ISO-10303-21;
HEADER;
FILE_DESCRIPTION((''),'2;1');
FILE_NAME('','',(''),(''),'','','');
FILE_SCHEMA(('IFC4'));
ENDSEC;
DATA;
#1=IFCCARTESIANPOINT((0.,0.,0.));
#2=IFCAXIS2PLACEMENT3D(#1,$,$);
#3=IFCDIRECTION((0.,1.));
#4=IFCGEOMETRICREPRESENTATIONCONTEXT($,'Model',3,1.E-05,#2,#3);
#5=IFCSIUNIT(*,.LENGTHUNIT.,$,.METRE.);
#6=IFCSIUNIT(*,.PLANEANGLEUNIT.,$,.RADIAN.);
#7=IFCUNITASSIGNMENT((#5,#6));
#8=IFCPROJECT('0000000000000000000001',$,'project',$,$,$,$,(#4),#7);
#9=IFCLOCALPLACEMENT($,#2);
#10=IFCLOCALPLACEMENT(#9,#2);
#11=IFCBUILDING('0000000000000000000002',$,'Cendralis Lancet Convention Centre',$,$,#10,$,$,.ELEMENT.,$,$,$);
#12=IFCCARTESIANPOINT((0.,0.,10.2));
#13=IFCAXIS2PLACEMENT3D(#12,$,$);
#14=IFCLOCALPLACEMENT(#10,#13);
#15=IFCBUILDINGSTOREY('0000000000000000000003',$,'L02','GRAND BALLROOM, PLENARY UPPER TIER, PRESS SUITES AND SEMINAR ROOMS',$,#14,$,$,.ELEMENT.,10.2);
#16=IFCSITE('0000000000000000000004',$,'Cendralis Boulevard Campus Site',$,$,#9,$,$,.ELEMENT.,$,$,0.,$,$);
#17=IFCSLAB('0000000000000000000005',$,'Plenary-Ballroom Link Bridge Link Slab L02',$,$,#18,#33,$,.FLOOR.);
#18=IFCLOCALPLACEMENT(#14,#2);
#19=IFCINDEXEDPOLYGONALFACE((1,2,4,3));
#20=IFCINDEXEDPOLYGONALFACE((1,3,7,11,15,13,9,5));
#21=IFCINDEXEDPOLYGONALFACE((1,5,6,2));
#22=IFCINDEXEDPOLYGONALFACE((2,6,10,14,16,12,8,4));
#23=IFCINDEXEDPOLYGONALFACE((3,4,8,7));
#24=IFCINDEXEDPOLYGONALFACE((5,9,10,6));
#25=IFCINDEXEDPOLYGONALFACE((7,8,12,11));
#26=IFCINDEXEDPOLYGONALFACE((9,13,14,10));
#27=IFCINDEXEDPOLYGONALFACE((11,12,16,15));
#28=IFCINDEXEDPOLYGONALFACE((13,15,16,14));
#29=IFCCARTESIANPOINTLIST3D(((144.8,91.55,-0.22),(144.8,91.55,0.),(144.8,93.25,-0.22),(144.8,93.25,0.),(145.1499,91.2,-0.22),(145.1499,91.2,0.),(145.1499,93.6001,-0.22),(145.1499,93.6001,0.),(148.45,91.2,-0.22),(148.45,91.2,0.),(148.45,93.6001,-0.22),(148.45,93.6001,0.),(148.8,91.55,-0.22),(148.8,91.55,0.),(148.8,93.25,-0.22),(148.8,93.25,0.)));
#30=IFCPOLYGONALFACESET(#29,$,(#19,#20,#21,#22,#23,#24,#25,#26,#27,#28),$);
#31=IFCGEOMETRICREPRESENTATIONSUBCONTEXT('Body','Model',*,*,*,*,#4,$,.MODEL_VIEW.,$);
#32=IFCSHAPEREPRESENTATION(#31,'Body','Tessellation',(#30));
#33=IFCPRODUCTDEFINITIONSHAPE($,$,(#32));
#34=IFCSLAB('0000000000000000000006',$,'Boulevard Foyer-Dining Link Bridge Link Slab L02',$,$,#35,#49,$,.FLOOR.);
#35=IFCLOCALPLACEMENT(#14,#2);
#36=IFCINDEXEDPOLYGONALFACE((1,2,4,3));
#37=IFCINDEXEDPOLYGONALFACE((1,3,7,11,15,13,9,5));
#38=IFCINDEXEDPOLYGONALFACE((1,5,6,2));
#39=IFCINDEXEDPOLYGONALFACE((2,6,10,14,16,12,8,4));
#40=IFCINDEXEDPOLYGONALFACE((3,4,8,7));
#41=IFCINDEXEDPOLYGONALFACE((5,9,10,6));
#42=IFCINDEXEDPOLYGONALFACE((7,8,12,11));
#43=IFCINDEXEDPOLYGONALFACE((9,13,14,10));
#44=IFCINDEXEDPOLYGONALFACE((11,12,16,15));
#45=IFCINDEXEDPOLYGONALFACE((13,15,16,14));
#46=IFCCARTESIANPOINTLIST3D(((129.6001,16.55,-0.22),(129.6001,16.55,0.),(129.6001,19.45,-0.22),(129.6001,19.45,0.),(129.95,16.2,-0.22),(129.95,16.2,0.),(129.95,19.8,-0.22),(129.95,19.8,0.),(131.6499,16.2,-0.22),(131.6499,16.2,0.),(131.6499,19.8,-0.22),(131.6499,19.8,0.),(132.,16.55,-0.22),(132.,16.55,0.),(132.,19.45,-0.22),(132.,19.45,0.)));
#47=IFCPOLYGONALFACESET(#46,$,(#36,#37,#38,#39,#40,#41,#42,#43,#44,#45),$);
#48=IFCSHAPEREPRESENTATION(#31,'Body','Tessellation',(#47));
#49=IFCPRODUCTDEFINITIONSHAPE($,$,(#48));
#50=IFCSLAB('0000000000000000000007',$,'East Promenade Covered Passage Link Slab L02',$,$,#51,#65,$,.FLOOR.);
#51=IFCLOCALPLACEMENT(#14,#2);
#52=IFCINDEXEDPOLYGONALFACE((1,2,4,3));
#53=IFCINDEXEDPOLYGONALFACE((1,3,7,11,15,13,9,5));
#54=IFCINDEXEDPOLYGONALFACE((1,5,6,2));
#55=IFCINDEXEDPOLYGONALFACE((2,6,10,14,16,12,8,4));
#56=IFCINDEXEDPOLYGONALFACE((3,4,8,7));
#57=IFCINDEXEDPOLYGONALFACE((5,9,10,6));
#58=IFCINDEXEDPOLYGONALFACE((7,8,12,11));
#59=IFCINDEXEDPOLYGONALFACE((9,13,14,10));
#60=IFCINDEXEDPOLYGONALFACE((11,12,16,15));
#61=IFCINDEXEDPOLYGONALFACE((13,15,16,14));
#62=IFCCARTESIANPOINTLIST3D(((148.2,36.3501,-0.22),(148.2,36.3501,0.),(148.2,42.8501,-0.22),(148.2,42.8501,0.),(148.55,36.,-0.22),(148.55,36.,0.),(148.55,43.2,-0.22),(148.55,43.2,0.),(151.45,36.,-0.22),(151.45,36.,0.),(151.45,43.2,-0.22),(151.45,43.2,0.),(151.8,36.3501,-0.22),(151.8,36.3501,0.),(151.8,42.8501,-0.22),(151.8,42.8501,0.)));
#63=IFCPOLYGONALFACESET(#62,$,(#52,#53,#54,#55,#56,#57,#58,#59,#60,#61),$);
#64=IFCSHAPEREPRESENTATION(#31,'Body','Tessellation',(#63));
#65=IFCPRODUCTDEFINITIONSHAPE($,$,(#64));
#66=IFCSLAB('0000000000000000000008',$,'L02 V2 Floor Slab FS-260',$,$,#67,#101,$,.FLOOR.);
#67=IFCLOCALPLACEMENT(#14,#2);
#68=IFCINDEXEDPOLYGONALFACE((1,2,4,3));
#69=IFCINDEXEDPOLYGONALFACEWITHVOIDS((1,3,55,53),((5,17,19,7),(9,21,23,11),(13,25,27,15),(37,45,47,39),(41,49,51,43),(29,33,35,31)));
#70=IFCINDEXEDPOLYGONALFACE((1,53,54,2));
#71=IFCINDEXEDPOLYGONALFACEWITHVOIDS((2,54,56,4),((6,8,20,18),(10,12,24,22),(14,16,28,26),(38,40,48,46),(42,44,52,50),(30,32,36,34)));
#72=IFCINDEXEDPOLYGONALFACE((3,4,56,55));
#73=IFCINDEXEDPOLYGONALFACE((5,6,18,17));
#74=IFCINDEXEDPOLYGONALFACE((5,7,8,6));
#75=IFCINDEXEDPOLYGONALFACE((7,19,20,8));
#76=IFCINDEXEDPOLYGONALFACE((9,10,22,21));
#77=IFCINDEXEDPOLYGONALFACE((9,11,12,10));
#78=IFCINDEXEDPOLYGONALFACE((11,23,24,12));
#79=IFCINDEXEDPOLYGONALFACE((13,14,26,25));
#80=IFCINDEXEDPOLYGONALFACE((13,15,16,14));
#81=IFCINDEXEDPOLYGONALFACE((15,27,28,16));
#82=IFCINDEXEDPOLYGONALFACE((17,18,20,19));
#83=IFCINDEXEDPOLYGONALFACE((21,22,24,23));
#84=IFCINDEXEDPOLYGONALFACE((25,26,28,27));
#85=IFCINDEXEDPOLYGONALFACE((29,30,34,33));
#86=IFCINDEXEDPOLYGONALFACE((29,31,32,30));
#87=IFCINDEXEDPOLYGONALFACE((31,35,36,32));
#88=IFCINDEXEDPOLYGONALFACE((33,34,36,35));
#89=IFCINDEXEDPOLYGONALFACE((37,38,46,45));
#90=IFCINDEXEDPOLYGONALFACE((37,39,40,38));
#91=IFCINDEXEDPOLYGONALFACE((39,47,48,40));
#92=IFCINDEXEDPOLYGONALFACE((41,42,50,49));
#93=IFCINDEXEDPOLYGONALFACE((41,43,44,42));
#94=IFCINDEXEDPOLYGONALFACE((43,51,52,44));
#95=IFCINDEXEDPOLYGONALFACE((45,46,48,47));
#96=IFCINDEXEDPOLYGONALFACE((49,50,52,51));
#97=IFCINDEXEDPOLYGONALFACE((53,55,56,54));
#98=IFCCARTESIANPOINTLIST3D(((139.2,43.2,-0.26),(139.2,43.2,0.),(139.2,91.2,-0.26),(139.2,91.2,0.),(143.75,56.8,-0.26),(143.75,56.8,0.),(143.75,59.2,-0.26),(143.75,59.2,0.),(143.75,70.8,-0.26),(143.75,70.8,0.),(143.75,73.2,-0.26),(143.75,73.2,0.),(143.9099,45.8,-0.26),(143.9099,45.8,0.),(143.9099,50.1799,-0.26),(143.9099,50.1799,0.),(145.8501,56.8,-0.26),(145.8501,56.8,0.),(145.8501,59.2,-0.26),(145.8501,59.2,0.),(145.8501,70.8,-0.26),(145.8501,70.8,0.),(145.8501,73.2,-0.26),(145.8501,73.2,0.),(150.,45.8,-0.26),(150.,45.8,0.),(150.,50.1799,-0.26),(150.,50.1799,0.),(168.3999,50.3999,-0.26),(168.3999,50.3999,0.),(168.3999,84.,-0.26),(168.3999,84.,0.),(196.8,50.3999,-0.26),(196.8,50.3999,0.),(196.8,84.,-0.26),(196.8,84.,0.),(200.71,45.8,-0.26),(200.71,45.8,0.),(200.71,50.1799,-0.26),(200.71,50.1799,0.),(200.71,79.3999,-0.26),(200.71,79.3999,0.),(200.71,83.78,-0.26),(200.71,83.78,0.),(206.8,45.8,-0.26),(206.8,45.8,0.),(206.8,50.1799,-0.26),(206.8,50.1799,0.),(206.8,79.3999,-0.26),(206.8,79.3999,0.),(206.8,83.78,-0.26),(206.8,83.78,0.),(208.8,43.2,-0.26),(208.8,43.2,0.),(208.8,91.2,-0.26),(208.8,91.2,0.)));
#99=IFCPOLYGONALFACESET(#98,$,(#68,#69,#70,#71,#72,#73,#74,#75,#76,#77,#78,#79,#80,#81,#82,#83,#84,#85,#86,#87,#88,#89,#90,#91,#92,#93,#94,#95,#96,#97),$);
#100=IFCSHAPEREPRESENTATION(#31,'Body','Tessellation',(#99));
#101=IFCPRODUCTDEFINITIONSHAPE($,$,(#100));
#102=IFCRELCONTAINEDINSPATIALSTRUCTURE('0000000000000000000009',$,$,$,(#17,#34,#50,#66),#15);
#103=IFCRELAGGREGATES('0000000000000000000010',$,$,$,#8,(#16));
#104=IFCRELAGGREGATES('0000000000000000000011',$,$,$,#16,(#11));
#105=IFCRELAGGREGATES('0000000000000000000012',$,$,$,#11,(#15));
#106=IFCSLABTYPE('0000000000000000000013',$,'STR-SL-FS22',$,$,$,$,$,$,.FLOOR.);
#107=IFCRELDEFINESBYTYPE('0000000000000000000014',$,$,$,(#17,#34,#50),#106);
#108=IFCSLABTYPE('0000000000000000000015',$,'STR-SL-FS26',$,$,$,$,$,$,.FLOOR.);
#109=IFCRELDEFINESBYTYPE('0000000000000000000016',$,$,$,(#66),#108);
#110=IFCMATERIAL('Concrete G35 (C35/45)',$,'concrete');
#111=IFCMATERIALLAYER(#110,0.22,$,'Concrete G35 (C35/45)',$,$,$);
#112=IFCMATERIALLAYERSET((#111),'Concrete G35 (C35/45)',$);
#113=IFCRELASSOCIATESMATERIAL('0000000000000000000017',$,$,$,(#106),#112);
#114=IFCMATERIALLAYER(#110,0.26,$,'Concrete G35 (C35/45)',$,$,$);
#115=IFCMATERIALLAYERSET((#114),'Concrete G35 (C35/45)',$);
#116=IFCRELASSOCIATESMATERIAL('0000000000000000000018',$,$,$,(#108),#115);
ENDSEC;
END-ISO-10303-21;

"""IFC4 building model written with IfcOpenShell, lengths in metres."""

from ifc_helpers import new_model, si_unit, direction, frame, origin, place, context, subcontext, project, spatial, polyline, outline, extrude, material, layer, layer_set, type_object, element, save


model = new_model("IFC4")

# Units and contexts
model_context = context("Model", 3, precision=1e-05, world=origin(), true_north=direction((0.0, 1.0)))
body_context = subcontext(model_context, "Body", "Model", "MODEL_VIEW")
ifc_project = project(units=[si_unit("LENGTHUNIT", "METRE"), si_unit("PLANEANGLEUNIT", "RADIAN")], contexts=[model_context])

# Site, building, storey
site_placement = place(None, origin())
site = spatial("IfcSite", under=ifc_project, at=site_placement, Name="Cendralis Boulevard Campus Site", CompositionType="ELEMENT", RefElevation=0.0)
building_placement = place(site_placement, origin())
building = spatial("IfcBuilding", under=site, at=building_placement, Name="Cendralis Lancet Convention Centre", CompositionType="ELEMENT")
storey_placement = place(building_placement, frame((0.0, 0.0, 10.2)))
storey = spatial("IfcBuildingStorey", under=building, at=storey_placement, Name="L02", Description="GRAND BALLROOM, PLENARY UPPER TIER, PRESS SUITES AND SEMINAR ROOMS", CompositionType="ELEMENT", Elevation=10.2)

# Slabs
ifc_material_1 = material(Name="Concrete G35 (C35/45)", Category="concrete")
ifc_layer_1 = layer(ifc_material_1, 0.22, Name="Concrete G35 (C35/45)")
ifc_layer_set_1 = layer_set([ifc_layer_1], Name="Concrete G35 (C35/45)")
slab_type_1 = type_object("IfcSlabType", Name="STR-SL-FS22", PredefinedType="FLOOR", material=ifc_layer_set_1)
slab_1_placement = place(storey_placement, frame((0.0, 0.0, -0.22)))
element("IfcSlab", 1, at=slab_1_placement, inside=storey, type_object=slab_type_1, Name="Plenary-Ballroom Link Bridge Link Slab L02", PredefinedType="FLOOR", context=body_context, shape_type="SweptSolid", body=[
    extrude(outline(polyline([(145.1499, 91.2), (148.45, 91.2), (148.8, 91.55), (148.8, 93.25), (148.45, 93.6001), (145.1499, 93.6001), (144.8, 93.25), (144.8, 91.55), (145.1499, 91.2)])), origin(), (0.0, 0.0, 1.0), 0.22),
])
slab_2_placement = place(storey_placement, frame((0.0, 0.0, -0.22)))
element("IfcSlab", 2, at=slab_2_placement, inside=storey, type_object=slab_type_1, Name="Boulevard Foyer-Dining Link Bridge Link Slab L02", PredefinedType="FLOOR", context=body_context, shape_type="SweptSolid", body=[
    extrude(outline(polyline([(129.95, 16.2), (131.6499, 16.2), (132.0, 16.55), (132.0, 19.45), (131.6499, 19.8), (129.95, 19.8), (129.6001, 19.45), (129.6001, 16.55), (129.95, 16.2)])), origin(), (0.0, 0.0, 1.0), 0.22),
])
slab_3_placement = place(storey_placement, frame((0.0, 0.0, -0.22)))
element("IfcSlab", 3, at=slab_3_placement, inside=storey, type_object=slab_type_1, Name="East Promenade Covered Passage Link Slab L02", PredefinedType="FLOOR", context=body_context, shape_type="SweptSolid", body=[
    extrude(outline(polyline([(148.55, 36.0), (151.45, 36.0), (151.8, 36.3501), (151.8, 42.8501), (151.45, 43.2), (148.55, 43.2), (148.2, 42.8501), (148.2, 36.3501), (148.55, 36.0)])), origin(), (0.0, 0.0, 1.0), 0.22),
])
ifc_layer_2 = layer(ifc_material_1, 0.26, Name="Concrete G35 (C35/45)")
ifc_layer_set_2 = layer_set([ifc_layer_2], Name="Concrete G35 (C35/45)")
slab_type_2 = type_object("IfcSlabType", Name="STR-SL-FS26", PredefinedType="FLOOR", material=ifc_layer_set_2)
slab_4_placement = place(storey_placement, frame((0.0, 0.0, -0.26)))
element("IfcSlab", 4, at=slab_4_placement, inside=storey, type_object=slab_type_2, Name="L02 V2 Floor Slab FS-260", PredefinedType="FLOOR", context=body_context, shape_type="SweptSolid", body=[
    extrude(outline(polyline([(139.2, 43.2), (208.8, 43.2), (208.8, 91.2), (139.2, 91.2), (139.2, 43.2)]), holes=[polyline([(168.3999, 50.3999), (196.8, 50.3999), (196.8, 84.0), (168.3999, 84.0), (168.3999, 50.3999)]), polyline([(143.9099, 45.8), (150.0, 45.8), (150.0, 50.1799), (143.9099, 50.1799), (143.9099, 45.8)]), polyline([(200.71, 45.8), (206.8, 45.8), (206.8, 50.1799), (200.71, 50.1799), (200.71, 45.8)]), polyline([(200.71, 79.3999), (206.8, 79.3999), (206.8, 83.78), (200.71, 83.78), (200.71, 79.3999)]), polyline([(143.75, 56.8), (145.8501, 56.8), (145.8501, 59.2), (143.75, 59.2), (143.75, 56.8)]), polyline([(143.75, 70.8), (145.8501, 70.8), (145.8501, 73.2), (143.75, 73.2), (143.75, 70.8)])]), origin(), (0.0, 0.0, 1.0), 0.26),
])

save(model, "model.ifc")
